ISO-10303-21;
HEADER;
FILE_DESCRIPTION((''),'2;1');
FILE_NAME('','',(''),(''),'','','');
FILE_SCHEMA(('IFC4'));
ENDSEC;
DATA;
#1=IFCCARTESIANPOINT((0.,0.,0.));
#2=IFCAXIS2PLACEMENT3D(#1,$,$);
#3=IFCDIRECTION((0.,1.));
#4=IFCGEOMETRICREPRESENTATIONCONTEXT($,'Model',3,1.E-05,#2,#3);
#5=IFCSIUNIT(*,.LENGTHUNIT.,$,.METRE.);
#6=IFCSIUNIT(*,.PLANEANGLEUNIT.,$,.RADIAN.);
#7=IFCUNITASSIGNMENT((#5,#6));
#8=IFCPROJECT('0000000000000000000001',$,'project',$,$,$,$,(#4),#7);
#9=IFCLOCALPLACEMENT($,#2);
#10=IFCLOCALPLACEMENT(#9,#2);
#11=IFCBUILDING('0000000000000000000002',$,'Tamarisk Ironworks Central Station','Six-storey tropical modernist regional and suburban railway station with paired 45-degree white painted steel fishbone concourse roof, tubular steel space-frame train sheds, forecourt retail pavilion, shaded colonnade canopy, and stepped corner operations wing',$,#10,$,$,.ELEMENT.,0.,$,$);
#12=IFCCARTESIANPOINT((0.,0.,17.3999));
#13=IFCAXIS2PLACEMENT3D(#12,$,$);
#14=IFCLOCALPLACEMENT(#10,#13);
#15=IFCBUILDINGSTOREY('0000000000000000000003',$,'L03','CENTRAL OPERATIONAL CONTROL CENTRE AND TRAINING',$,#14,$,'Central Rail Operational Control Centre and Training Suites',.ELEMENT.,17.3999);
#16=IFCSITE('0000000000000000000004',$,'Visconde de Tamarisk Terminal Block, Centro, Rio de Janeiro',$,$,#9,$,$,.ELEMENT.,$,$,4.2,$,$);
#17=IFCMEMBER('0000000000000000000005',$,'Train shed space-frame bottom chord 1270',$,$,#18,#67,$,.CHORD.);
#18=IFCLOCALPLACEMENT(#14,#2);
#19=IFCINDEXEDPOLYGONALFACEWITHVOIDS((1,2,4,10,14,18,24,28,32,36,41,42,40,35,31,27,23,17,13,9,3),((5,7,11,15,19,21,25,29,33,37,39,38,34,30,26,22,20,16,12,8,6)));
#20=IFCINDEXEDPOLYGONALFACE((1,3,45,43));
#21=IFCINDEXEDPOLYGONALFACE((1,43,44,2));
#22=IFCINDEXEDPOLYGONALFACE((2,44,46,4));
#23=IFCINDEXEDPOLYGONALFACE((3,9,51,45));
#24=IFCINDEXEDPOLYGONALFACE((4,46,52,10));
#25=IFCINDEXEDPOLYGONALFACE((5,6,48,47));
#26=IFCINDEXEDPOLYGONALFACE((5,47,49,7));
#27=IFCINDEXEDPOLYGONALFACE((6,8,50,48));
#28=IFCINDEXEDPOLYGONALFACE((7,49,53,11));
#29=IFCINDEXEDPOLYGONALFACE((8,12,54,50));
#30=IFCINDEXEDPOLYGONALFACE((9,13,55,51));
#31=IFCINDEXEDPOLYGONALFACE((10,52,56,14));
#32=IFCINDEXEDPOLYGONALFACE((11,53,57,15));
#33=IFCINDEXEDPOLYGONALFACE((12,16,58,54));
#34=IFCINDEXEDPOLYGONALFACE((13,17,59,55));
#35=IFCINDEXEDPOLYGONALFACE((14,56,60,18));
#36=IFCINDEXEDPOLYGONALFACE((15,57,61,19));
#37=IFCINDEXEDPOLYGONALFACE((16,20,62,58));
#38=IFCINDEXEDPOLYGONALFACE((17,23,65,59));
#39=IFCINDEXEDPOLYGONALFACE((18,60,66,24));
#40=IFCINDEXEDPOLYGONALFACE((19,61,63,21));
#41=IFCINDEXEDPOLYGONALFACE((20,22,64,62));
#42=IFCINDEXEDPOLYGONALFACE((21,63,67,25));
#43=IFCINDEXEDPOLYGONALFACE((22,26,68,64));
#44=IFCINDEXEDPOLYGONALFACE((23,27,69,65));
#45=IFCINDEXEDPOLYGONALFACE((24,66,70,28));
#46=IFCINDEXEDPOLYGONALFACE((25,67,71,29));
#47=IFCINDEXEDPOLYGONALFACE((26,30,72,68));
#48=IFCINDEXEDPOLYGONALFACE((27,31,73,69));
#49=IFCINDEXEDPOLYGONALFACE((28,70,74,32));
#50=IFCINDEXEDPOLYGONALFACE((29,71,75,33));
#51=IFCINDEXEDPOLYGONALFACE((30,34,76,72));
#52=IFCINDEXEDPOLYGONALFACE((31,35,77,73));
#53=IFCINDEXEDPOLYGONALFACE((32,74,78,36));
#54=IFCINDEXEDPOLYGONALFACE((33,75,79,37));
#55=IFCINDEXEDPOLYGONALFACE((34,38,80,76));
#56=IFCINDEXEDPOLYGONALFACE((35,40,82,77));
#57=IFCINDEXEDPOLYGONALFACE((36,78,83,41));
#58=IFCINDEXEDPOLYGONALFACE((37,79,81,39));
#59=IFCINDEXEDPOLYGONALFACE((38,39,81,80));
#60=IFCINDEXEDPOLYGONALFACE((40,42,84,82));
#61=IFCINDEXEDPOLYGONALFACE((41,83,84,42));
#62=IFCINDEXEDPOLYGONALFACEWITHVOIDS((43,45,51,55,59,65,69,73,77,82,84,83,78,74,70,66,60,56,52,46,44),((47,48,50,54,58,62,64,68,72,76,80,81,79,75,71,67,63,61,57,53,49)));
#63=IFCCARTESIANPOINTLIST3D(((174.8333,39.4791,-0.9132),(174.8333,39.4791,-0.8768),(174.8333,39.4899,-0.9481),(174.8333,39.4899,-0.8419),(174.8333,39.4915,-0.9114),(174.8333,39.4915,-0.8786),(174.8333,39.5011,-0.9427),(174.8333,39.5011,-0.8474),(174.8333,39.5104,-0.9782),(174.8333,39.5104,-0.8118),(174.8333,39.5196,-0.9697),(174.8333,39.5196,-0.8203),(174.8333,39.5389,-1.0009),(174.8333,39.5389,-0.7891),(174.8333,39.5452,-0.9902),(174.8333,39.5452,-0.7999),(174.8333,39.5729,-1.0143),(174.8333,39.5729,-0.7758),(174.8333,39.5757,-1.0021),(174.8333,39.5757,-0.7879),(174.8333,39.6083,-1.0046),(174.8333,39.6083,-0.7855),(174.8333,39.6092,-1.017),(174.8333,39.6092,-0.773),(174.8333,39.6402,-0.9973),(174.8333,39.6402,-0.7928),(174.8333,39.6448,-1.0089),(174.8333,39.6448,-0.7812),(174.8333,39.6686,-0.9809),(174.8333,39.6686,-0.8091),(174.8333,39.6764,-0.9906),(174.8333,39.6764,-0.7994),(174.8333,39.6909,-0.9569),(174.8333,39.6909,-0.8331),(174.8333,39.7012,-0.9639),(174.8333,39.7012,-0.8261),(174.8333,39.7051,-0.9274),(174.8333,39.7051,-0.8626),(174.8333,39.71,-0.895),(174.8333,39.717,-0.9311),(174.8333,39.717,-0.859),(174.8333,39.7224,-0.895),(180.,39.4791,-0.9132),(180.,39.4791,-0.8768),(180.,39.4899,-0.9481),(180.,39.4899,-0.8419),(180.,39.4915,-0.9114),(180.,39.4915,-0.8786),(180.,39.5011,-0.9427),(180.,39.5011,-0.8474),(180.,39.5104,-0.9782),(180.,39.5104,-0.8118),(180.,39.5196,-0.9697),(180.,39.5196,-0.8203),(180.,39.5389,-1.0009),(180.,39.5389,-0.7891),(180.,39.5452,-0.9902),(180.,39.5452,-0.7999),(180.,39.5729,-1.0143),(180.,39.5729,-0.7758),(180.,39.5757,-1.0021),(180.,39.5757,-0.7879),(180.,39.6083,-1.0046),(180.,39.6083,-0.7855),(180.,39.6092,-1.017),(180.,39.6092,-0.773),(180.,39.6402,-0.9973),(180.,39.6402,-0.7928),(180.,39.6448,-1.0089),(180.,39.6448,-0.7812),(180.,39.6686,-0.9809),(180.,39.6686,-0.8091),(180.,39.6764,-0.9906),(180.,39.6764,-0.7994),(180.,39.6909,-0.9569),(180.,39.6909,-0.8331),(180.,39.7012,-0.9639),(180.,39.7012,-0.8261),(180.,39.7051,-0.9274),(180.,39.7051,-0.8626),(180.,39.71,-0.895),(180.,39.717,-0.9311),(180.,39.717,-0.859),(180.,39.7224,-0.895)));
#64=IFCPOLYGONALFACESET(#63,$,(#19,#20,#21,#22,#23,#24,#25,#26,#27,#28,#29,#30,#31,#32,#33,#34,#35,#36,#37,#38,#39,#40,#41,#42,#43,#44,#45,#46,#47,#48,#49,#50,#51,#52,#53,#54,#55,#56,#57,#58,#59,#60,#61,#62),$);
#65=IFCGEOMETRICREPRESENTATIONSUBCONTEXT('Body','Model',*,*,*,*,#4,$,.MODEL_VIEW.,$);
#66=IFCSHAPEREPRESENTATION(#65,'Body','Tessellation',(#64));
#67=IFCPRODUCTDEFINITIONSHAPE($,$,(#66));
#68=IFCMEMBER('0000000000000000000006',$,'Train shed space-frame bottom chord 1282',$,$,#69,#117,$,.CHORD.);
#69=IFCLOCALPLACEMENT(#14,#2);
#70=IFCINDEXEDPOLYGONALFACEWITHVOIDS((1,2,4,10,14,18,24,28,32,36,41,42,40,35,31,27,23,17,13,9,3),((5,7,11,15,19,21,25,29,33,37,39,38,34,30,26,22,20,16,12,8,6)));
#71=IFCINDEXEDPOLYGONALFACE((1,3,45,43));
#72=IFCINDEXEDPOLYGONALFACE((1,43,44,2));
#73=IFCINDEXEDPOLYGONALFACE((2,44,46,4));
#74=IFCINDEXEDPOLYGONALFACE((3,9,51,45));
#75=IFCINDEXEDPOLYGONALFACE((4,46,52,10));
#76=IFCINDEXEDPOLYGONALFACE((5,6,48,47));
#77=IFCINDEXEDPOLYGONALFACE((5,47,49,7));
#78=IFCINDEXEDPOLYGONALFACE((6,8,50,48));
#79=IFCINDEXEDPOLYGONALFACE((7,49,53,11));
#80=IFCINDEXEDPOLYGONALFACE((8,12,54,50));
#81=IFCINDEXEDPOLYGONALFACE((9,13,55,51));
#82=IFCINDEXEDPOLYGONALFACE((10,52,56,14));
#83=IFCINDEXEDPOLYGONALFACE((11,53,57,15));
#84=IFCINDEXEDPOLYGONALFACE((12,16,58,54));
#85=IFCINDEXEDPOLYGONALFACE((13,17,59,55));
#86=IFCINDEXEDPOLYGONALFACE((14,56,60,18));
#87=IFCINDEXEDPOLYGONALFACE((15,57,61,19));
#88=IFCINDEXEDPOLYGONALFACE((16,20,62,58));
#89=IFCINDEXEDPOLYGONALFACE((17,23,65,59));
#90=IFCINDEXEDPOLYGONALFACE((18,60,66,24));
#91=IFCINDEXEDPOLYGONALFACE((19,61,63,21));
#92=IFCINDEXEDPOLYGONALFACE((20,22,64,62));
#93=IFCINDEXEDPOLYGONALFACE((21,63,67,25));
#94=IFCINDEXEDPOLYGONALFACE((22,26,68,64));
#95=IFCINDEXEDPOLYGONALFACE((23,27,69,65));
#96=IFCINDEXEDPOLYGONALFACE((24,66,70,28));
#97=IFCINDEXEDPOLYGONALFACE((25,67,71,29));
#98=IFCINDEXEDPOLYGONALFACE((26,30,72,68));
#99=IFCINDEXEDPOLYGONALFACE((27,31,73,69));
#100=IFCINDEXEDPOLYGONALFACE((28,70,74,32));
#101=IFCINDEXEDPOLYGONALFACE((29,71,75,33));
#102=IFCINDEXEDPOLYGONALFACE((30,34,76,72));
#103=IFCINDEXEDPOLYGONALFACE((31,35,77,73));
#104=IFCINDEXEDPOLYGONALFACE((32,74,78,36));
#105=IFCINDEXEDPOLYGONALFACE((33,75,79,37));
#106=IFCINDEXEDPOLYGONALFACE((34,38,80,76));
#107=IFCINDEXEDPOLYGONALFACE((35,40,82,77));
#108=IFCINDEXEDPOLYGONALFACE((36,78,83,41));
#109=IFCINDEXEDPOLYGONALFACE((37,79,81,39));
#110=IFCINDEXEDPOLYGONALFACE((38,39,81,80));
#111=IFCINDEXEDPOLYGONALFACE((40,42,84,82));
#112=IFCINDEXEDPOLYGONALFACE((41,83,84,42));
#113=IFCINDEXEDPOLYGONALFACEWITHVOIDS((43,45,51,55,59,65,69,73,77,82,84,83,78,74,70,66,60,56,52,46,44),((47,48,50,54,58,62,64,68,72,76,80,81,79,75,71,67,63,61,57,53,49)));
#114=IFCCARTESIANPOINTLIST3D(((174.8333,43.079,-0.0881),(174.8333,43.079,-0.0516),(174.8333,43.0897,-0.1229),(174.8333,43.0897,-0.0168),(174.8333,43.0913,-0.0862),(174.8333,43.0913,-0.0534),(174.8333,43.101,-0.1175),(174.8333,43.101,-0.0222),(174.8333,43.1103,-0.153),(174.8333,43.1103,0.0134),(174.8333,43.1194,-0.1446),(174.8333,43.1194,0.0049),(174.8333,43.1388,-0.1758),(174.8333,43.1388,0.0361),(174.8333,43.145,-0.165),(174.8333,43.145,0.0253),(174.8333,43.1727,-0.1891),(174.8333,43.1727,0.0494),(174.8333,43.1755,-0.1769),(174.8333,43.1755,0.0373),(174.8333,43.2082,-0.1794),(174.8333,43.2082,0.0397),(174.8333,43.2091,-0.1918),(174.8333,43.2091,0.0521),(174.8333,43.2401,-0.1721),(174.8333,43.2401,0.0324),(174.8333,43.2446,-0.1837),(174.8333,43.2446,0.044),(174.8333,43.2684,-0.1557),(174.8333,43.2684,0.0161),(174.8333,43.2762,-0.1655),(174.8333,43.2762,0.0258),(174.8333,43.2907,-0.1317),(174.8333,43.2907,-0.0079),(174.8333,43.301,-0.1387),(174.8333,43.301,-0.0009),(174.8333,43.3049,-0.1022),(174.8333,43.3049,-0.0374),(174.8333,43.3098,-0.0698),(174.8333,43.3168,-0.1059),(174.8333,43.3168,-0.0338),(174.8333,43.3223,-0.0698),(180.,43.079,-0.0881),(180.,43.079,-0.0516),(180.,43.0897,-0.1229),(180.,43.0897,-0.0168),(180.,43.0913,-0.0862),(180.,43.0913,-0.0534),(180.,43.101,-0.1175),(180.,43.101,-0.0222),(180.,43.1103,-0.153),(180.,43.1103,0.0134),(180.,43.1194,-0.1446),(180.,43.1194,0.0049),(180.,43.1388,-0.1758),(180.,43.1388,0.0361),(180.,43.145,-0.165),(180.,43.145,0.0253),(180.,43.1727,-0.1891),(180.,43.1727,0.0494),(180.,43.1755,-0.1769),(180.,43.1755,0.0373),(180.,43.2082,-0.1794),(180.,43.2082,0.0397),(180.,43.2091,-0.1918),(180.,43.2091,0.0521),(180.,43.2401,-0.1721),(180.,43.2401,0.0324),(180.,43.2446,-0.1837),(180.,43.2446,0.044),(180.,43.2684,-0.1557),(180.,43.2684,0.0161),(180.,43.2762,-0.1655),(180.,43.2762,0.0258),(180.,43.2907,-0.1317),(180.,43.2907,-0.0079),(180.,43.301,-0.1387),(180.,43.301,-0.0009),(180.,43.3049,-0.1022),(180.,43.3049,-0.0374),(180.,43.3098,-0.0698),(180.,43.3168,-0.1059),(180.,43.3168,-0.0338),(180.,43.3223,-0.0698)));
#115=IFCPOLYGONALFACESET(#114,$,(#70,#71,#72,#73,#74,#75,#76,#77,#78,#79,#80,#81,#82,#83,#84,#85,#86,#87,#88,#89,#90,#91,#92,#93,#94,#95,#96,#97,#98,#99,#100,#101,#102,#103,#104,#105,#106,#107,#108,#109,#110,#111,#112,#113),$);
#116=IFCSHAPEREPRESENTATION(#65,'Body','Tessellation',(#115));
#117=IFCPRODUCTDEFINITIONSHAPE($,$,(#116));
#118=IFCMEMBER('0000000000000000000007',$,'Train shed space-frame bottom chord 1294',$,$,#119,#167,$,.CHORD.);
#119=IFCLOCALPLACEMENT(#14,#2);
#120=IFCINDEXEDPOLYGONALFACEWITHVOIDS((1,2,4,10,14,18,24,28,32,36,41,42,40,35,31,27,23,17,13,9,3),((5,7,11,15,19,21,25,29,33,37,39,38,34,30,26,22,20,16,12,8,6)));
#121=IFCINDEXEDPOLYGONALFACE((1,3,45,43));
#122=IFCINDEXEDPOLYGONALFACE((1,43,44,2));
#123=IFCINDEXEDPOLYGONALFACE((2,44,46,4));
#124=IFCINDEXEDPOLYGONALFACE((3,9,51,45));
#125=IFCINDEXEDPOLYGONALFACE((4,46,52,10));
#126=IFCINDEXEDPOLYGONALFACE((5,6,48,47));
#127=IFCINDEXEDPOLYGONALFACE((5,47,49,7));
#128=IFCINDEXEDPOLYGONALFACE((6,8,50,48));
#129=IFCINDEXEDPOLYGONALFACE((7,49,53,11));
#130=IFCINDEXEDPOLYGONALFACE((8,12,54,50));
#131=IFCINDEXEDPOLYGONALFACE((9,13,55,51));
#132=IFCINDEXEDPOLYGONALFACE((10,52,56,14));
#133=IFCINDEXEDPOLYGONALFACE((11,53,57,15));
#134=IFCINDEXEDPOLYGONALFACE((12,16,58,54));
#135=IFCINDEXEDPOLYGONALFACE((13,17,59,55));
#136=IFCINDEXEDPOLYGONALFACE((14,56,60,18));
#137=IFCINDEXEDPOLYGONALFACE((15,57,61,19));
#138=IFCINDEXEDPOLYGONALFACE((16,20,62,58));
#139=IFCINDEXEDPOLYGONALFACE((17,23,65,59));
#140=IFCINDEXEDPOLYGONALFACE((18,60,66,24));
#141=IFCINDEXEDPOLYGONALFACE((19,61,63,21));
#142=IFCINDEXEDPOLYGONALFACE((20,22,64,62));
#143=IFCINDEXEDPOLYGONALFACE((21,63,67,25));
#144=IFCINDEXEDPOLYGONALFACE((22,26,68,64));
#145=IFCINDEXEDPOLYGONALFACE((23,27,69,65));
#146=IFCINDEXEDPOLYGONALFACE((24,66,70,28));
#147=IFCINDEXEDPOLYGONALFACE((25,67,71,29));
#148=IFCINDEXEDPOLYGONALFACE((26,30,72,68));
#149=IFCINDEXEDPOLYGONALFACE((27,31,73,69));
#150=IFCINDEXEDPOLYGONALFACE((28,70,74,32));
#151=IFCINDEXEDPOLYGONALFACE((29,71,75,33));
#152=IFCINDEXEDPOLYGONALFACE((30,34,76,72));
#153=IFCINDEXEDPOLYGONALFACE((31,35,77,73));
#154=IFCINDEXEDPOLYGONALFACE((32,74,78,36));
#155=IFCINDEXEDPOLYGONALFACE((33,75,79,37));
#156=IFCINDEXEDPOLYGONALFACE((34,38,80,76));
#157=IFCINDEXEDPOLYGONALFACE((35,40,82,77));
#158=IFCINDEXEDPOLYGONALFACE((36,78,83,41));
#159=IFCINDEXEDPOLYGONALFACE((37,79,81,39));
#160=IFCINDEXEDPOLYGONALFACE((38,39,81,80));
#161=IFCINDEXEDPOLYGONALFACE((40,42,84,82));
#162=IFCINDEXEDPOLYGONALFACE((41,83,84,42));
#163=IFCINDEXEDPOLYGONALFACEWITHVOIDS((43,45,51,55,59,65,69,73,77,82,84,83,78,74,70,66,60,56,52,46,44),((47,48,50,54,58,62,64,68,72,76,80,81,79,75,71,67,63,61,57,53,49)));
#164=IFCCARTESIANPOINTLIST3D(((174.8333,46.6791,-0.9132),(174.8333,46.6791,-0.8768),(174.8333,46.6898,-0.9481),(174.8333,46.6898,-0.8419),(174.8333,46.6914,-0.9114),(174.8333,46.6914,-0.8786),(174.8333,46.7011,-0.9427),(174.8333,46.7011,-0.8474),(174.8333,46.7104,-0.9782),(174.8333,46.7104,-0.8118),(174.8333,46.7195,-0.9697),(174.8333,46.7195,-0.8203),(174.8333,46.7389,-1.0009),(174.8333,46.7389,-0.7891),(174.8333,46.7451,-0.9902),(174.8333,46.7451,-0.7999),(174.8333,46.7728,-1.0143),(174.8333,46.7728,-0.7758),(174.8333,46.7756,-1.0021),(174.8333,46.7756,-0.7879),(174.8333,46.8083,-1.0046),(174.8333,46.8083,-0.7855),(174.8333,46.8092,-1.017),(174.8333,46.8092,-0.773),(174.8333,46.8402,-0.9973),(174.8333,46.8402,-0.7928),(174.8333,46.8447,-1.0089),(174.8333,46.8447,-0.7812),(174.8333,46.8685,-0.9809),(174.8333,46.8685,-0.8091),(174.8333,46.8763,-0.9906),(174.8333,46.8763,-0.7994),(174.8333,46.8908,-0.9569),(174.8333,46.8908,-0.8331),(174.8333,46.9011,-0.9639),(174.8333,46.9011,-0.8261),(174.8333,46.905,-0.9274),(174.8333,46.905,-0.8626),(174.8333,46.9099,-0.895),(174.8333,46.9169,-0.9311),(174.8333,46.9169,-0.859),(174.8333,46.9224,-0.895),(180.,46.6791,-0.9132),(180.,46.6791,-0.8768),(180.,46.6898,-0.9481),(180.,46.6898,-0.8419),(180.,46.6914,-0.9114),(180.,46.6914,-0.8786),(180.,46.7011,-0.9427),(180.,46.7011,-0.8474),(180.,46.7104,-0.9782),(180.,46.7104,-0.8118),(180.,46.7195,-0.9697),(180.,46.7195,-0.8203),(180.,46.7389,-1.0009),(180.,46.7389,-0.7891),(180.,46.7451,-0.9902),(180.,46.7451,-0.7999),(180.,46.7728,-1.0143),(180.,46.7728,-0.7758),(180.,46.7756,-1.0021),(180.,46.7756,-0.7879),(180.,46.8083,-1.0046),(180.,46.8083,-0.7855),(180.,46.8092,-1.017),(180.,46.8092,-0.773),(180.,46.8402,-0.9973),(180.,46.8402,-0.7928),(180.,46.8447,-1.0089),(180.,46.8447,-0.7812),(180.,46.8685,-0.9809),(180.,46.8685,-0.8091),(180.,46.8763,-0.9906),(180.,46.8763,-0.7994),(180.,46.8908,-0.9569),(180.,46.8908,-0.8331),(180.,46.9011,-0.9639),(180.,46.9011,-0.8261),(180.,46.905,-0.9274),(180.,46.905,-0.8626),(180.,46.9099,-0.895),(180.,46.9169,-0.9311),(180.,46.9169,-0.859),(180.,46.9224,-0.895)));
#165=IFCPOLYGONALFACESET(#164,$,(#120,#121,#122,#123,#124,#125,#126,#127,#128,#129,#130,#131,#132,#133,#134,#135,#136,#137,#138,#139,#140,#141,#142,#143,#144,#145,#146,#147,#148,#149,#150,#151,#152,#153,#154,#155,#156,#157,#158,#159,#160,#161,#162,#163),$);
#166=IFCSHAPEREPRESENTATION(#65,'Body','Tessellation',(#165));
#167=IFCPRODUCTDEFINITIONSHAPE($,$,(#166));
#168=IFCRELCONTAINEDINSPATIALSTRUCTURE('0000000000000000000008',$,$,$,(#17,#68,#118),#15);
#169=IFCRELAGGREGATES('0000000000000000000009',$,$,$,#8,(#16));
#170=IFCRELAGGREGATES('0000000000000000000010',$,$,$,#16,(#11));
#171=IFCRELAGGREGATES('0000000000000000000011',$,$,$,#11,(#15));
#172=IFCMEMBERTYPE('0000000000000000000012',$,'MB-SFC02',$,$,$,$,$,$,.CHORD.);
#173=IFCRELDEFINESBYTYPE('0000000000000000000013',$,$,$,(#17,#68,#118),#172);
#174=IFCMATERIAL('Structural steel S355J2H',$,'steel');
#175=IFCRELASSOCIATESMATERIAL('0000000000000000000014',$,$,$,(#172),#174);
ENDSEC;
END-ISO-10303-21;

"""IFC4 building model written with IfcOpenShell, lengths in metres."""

from ifc_helpers import new_model, si_unit, direction, frame, origin, origin_2d, place, context, subcontext, project, spatial, hollow_circle, extrude, material, material_profile, profile_set, type_object, element, save


model = new_model("IFC4")

# Units and contexts
model_context = context("Model", 3, precision=1e-05, world=origin(), true_north=direction((0.0, 1.0)))
body_context = subcontext(model_context, "Body", "Model", "MODEL_VIEW")
ifc_project = project(units=[si_unit("LENGTHUNIT", "METRE"), si_unit("PLANEANGLEUNIT", "RADIAN")], contexts=[model_context])

# Site, building, storey
site_placement = place(None, origin())
site = spatial("IfcSite", under=ifc_project, at=site_placement, Name="Visconde de Tamarisk Terminal Block, Centro, Rio de Janeiro", CompositionType="ELEMENT", RefElevation=4.2)
building_placement = place(site_placement, origin())
building = spatial("IfcBuilding", under=site, at=building_placement, Name="Tamarisk Ironworks Central Station", Description="Six-storey tropical modernist regional and suburban railway station with paired 45-degree white painted steel fishbone concourse roof, tubular steel space-frame train sheds, forecourt retail pavilion, shaded colonnade canopy, and stepped corner operations wing", CompositionType="ELEMENT", ElevationOfRefHeight=0.0)
storey_placement = place(building_placement, frame((0.0, 0.0, 17.3999)))
storey = spatial("IfcBuildingStorey", under=building, at=storey_placement, Name="L03", Description="CENTRAL OPERATIONAL CONTROL CENTRE AND TRAINING", LongName="Central Rail Operational Control Centre and Training Suites", CompositionType="ELEMENT", Elevation=17.3999)

# Members
ifc_material = material(Name="Structural steel S355J2H", Category="steel")
ifc_material_profile_1 = material_profile(ifc_material, hollow_circle(Radius=0.1223, WallThickness=0.0125, at=origin_2d()), Name="CHS 244.5x12.5")
ifc_profile_set_1 = profile_set([ifc_material_profile_1], Name="Structural steel S355J2H")
member_type_1 = type_object("IfcMemberType", Name="MB-SFC02", PredefinedType="CHORD", material=ifc_profile_set_1)
for number, where, z_axis, x_axis, name in (
    (1, (174.8333, 39.6001, -0.895), (1.0, 0.0, 0.0), (0.0, 1.0, 0.0), "Train shed space-frame bottom chord 1270"),
    (2, (174.8333, 43.2, -0.0698), (1.0, 0.0, 0.0), (0.0, 1.0, 0.0), "Train shed space-frame bottom chord 1282"),
    (3, (174.8333, 46.8, -0.895), (1.0, 0.0, 0.0), (0.0, 1.0, 0.0), "Train shed space-frame bottom chord 1294"),
):
    element("IfcMember", number, at=place(storey_placement, frame(where, z_axis=z_axis, x_axis=x_axis)), inside=storey, type_object=member_type_1, Name=name, PredefinedType="CHORD", context=body_context, shape_type="SweptSolid", body=[
        extrude(hollow_circle(Radius=0.1223, WallThickness=0.0125, at=origin_2d()), origin(), (0.0, 0.0, 1.0), 5.1667),
    ])

save(model, "model.ifc")
